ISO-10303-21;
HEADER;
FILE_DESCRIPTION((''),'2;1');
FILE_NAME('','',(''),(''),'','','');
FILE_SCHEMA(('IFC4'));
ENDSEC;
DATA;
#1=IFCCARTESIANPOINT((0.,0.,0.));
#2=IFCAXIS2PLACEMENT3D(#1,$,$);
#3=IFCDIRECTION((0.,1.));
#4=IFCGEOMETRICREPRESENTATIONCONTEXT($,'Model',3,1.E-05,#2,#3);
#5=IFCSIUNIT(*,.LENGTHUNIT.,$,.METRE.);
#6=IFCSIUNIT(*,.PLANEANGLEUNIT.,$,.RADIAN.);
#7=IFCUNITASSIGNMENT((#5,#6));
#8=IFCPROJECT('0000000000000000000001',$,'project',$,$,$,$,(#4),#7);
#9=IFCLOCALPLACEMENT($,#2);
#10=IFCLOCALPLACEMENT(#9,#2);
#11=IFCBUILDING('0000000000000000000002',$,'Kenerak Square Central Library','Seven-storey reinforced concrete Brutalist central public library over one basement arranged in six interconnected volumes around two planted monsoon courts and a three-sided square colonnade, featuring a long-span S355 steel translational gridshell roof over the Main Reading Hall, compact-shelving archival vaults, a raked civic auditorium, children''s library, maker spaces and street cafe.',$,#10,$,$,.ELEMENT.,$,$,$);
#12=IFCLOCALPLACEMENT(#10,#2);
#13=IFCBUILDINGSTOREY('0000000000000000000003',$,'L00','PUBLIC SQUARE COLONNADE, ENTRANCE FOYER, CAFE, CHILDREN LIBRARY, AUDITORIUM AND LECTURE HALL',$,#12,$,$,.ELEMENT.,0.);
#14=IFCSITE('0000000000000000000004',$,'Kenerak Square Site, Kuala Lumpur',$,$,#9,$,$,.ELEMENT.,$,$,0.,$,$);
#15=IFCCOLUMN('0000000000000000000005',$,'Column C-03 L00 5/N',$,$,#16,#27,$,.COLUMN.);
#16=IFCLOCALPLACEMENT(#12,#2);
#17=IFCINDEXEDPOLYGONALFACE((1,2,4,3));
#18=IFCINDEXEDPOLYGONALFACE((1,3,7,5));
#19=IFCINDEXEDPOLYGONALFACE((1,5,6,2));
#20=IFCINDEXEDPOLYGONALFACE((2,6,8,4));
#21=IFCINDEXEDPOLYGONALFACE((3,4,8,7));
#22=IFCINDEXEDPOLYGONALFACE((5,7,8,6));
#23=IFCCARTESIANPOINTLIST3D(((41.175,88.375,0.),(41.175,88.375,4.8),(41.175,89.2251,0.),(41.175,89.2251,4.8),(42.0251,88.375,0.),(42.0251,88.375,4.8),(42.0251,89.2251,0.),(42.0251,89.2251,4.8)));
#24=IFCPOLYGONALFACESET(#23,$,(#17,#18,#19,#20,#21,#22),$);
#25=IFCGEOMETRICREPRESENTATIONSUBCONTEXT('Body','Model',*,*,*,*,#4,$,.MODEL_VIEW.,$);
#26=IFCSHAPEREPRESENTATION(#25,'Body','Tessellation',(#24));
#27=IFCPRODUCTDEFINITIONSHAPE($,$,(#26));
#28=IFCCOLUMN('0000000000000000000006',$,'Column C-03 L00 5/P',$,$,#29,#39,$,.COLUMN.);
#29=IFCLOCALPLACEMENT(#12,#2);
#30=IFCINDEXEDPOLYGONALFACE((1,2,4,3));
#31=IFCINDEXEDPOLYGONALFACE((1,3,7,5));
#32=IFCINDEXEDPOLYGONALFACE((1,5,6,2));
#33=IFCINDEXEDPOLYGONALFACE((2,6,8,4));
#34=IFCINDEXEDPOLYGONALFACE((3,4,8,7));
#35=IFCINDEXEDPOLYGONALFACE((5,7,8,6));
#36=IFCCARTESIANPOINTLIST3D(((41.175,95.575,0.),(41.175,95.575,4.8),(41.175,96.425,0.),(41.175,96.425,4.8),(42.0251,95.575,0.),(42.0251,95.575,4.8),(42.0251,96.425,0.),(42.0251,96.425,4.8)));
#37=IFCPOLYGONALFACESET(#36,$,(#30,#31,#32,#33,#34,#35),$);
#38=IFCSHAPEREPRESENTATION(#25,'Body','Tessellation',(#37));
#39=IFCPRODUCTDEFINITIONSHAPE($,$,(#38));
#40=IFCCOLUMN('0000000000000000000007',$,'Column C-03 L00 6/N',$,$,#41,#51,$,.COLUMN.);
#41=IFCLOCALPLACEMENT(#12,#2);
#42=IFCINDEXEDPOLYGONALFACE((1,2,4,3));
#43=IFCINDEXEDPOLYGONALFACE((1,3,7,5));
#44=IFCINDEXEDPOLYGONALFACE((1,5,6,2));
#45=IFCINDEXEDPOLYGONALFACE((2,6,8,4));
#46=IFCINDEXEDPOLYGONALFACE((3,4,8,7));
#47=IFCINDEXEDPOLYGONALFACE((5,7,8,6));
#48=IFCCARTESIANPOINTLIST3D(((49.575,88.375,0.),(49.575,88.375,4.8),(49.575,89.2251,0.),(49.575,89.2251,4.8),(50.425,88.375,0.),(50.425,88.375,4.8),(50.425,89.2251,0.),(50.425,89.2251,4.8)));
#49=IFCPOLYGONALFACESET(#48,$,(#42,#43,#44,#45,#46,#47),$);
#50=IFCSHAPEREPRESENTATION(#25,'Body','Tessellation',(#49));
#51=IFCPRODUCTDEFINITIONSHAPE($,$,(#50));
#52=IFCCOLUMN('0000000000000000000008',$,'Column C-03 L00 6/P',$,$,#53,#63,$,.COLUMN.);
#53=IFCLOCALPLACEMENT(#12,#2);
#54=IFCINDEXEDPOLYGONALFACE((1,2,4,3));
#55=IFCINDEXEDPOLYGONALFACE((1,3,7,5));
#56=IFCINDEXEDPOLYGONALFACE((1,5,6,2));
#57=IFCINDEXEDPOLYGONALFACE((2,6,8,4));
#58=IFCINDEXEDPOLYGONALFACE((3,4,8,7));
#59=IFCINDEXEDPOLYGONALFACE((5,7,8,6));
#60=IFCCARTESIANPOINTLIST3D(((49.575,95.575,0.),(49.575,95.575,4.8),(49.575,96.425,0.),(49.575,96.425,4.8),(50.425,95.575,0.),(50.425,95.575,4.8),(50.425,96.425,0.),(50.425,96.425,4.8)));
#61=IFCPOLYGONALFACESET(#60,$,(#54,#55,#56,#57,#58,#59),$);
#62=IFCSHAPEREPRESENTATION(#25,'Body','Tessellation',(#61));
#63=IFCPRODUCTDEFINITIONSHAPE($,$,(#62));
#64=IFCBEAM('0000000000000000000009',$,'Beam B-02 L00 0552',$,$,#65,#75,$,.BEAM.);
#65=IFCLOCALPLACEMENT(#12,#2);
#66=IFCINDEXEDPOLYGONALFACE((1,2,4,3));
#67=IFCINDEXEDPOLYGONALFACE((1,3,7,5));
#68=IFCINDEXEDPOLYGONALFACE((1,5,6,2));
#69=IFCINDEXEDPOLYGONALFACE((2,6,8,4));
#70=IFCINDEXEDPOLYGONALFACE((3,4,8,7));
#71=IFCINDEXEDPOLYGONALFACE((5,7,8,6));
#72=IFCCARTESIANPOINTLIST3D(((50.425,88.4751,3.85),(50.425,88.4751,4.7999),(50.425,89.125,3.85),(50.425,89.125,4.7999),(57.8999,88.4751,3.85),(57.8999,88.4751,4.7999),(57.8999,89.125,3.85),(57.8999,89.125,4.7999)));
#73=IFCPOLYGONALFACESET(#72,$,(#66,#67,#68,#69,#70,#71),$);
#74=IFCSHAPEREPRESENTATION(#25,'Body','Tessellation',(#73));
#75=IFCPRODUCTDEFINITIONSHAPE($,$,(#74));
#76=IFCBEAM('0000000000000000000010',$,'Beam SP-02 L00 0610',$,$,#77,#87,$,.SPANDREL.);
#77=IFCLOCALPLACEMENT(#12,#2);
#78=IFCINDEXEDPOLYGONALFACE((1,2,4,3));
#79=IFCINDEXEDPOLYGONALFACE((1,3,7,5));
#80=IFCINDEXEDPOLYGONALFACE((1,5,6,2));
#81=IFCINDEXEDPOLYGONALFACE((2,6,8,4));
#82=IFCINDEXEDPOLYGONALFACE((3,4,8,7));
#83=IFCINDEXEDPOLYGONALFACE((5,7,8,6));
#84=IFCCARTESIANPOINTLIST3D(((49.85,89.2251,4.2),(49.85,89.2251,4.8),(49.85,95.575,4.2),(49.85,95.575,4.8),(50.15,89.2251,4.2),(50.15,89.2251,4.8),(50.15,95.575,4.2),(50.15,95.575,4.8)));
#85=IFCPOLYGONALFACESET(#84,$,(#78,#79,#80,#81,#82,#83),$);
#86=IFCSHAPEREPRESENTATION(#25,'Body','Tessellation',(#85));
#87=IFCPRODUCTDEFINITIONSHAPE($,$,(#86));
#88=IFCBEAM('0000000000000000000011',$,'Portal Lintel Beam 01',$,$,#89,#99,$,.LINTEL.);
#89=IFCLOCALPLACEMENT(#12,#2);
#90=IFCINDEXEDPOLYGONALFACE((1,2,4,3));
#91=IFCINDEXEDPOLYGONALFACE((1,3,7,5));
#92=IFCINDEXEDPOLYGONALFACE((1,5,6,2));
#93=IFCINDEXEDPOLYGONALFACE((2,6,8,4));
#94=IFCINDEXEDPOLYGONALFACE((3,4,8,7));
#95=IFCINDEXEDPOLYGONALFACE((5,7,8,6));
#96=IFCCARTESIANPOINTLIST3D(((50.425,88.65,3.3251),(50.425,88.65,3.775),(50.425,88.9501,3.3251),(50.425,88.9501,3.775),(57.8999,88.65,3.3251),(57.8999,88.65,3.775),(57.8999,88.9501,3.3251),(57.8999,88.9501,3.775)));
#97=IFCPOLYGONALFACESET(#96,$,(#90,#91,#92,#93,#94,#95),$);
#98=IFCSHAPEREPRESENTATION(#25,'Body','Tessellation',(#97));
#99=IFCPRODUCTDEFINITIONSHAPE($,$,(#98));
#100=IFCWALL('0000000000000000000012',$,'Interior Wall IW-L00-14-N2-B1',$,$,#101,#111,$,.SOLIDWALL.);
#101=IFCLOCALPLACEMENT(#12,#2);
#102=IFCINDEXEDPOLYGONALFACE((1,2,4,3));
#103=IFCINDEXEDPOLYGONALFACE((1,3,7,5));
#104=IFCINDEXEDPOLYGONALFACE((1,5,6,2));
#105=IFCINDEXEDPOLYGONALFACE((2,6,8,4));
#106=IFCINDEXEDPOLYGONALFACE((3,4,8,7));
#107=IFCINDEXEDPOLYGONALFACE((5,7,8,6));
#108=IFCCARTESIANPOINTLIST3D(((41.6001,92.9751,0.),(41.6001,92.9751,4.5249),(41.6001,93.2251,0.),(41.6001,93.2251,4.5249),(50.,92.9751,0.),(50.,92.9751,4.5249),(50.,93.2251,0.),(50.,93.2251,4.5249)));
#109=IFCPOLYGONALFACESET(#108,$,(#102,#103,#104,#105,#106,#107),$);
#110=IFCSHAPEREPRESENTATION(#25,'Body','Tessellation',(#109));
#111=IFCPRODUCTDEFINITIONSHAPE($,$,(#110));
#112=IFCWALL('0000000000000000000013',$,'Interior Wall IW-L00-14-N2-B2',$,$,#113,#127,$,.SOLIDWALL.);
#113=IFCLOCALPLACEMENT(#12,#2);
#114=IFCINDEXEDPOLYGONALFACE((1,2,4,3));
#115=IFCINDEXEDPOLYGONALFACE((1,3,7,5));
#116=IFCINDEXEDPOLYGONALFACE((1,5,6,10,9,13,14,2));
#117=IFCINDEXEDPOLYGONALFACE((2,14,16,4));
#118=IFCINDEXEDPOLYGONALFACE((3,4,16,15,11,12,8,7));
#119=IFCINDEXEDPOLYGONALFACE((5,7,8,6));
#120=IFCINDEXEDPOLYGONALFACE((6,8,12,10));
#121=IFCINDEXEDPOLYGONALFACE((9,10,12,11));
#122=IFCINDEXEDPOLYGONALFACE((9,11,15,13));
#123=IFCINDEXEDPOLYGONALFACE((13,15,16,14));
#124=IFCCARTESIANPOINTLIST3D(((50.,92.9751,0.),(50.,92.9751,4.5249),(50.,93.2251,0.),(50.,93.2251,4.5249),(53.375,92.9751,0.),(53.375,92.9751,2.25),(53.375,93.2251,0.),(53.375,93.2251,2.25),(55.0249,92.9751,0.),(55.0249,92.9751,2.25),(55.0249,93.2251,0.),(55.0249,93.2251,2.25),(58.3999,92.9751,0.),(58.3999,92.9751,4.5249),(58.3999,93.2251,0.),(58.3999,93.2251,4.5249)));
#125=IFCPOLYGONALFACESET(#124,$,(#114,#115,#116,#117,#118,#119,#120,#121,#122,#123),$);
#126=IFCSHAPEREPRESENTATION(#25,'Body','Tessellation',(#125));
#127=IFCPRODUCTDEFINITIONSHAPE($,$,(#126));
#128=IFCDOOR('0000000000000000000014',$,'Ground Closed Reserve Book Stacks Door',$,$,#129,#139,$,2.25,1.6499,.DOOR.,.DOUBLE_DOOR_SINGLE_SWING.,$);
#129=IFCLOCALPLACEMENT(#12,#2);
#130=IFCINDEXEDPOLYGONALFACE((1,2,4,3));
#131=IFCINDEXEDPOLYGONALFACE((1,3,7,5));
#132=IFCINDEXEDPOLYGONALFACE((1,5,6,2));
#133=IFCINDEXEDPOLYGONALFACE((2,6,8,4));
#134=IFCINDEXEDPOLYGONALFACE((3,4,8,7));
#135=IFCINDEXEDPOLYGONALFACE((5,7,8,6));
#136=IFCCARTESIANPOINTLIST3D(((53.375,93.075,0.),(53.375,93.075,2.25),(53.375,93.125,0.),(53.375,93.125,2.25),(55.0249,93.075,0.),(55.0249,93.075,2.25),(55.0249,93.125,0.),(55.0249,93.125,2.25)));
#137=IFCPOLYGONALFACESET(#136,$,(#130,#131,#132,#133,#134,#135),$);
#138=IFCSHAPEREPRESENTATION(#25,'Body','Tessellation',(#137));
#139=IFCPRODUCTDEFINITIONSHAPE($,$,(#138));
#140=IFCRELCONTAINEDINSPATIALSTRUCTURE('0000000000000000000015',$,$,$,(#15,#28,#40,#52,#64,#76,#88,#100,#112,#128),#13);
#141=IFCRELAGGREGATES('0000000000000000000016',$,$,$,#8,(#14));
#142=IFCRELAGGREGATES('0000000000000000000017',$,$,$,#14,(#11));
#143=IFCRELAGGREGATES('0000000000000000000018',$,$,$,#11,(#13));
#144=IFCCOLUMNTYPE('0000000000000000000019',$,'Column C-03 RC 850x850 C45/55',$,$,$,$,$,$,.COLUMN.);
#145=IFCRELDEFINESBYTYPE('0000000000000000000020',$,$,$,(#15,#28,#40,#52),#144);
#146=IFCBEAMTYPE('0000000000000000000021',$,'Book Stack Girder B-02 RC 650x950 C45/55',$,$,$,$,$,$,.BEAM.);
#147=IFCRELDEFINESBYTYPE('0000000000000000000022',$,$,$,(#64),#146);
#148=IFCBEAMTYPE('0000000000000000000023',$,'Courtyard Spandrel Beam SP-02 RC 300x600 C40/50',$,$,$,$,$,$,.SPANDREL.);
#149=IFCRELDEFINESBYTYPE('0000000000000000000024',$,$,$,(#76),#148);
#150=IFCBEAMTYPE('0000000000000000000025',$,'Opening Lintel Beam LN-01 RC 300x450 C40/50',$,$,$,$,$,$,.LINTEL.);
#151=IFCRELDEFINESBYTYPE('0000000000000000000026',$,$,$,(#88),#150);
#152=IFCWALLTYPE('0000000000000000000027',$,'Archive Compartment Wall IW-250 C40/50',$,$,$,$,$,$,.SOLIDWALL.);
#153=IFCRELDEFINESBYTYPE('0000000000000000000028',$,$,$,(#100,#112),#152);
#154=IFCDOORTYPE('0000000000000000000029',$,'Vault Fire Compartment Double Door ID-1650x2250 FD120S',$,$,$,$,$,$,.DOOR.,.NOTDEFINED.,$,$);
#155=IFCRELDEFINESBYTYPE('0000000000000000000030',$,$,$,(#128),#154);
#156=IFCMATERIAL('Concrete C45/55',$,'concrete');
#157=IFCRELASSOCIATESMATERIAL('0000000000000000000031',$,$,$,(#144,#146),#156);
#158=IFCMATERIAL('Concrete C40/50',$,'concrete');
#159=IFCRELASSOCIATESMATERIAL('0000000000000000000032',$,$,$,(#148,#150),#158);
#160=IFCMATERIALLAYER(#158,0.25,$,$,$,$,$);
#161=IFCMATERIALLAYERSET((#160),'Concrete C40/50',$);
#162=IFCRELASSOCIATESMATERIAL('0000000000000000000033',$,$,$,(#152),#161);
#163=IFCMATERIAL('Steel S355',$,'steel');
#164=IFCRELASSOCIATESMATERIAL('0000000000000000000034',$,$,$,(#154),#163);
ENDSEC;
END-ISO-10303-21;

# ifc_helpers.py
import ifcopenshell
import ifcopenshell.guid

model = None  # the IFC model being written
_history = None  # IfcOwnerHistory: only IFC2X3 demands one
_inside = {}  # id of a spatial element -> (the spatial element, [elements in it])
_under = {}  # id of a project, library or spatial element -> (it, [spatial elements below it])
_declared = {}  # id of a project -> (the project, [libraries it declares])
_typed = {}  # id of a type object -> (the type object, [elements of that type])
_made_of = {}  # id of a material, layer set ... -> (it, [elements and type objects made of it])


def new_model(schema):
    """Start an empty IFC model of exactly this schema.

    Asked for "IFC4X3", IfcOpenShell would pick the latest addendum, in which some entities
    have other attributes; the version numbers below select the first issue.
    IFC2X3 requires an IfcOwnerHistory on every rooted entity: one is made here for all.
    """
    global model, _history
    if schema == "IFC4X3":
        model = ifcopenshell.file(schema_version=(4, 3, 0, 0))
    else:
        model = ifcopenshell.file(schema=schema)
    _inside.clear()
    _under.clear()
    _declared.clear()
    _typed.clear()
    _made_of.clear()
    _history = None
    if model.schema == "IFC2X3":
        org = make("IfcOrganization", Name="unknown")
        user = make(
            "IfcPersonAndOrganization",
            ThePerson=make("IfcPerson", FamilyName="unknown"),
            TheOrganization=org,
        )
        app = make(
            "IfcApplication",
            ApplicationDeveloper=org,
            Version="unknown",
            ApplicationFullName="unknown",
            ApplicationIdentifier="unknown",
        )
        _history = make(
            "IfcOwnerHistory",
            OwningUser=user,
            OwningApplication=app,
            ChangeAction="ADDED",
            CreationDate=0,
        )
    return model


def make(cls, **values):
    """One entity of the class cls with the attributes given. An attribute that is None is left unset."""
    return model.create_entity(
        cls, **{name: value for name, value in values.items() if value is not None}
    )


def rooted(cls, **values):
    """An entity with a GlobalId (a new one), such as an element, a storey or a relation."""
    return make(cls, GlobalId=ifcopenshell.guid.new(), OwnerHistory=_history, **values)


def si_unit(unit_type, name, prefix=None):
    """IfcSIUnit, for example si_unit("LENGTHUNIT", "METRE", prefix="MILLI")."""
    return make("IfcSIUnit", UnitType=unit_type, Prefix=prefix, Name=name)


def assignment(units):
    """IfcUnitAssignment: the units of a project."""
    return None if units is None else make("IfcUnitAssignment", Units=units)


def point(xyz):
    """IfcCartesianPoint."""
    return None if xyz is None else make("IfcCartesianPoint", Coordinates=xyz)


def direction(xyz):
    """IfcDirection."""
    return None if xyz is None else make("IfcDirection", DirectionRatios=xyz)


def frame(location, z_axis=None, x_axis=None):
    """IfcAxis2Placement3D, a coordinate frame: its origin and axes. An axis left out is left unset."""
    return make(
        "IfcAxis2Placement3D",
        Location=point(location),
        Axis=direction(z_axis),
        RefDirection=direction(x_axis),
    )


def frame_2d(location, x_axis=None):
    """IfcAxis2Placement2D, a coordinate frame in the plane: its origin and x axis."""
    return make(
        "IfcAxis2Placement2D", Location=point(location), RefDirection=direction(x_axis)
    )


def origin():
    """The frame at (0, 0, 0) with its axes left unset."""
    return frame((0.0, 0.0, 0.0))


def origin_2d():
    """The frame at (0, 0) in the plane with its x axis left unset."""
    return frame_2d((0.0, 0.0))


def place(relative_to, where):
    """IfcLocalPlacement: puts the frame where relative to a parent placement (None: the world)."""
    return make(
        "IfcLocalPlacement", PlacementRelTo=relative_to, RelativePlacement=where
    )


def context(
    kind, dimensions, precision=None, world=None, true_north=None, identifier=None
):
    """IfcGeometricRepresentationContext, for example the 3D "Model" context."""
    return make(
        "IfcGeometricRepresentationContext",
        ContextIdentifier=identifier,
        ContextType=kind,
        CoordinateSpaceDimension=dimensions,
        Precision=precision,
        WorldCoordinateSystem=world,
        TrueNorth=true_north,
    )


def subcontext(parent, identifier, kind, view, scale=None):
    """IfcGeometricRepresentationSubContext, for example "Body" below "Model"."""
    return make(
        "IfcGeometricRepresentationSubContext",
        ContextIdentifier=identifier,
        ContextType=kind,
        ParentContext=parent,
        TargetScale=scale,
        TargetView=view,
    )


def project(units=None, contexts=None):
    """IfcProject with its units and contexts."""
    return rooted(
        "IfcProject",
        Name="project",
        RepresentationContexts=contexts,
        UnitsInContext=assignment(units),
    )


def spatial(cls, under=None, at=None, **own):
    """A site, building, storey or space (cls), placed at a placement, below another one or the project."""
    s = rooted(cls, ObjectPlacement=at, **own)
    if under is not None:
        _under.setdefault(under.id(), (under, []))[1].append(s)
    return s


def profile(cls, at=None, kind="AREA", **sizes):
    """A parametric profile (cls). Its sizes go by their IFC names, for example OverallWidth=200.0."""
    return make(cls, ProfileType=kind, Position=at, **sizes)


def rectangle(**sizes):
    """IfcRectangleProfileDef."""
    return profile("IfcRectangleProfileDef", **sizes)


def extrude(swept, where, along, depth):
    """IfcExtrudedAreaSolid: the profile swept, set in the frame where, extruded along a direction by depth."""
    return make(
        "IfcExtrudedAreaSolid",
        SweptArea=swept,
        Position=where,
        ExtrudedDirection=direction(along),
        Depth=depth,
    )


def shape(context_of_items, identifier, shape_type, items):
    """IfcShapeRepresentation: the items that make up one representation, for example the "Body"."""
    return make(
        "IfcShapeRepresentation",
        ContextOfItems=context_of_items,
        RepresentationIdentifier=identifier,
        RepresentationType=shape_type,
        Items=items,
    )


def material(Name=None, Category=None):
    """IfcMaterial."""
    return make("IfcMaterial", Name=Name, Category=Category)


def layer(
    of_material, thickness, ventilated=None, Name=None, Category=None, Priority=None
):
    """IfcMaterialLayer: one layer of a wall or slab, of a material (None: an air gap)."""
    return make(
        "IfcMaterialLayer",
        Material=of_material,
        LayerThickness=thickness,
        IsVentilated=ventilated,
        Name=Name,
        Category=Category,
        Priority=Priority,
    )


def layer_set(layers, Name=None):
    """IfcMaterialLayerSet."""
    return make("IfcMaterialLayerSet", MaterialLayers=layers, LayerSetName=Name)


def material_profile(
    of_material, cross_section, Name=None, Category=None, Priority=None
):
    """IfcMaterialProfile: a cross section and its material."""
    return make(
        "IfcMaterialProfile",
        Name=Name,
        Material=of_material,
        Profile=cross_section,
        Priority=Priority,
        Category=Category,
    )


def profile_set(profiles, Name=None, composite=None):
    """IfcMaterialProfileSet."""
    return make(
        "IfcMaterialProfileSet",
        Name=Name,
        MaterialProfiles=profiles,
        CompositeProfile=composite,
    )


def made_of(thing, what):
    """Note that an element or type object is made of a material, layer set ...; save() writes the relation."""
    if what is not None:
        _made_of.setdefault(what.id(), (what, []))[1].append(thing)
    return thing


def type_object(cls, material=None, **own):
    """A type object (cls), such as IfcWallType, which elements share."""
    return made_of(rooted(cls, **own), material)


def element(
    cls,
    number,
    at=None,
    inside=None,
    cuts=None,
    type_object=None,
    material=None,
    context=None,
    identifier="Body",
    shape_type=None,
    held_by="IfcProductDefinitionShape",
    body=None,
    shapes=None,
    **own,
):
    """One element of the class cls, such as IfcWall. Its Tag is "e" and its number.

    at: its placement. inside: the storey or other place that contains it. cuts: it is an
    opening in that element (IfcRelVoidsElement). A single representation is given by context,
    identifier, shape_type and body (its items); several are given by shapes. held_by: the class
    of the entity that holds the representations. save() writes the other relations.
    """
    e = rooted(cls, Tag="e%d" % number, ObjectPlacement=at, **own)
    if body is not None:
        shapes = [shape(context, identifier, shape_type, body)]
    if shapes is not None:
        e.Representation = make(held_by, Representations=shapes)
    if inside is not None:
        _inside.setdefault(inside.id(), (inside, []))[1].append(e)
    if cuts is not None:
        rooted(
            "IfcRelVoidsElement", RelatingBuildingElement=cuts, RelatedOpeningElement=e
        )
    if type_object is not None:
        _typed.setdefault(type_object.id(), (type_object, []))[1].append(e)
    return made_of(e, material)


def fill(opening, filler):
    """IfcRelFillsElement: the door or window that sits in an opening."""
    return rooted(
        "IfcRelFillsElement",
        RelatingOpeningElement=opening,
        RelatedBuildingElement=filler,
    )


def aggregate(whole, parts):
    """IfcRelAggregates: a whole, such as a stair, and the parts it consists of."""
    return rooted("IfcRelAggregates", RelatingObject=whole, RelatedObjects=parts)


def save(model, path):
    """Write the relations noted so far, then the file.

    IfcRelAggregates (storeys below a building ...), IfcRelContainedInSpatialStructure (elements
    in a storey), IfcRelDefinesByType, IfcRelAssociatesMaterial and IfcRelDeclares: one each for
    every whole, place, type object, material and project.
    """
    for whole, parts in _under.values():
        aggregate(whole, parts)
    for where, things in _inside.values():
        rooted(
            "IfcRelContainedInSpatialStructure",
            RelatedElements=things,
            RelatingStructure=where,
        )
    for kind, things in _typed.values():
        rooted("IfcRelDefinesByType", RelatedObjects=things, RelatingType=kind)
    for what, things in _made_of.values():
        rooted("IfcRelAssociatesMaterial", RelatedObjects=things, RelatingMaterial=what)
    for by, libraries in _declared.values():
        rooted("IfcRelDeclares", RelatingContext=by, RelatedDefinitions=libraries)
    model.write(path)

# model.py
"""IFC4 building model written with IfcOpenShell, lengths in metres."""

from ifc_helpers import new_model, si_unit, direction, frame, frame_2d, origin, origin_2d, place, context, subcontext, project, spatial, rectangle, extrude, material, layer, layer_set, material_profile, profile_set, type_object, element, fill, save


model = new_model("IFC4")

# Units and contexts
model_context = context("Model", 3, precision=1e-05, world=origin(), true_north=direction((0.0, 1.0)))
body_context = subcontext(model_context, "Body", "Model", "MODEL_VIEW")
ifc_project = project(units=[si_unit("LENGTHUNIT", "METRE"), si_unit("PLANEANGLEUNIT", "RADIAN")], contexts=[model_context])

# Site, building, storey
site_placement = place(None, origin())
site = spatial("IfcSite", under=ifc_project, at=site_placement, Name="Kenerak Square Site, Kuala Lumpur", CompositionType="ELEMENT", RefElevation=0.0)
building_placement = place(site_placement, origin())
building = spatial("IfcBuilding", under=site, at=building_placement, Name="Kenerak Square Central Library", Description="Seven-storey reinforced concrete Brutalist central public library over one basement arranged in six interconnected volumes around two planted monsoon courts and a three-sided square colonnade, featuring a long-span S355 steel translational gridshell roof over the Main Reading Hall, compact-shelving archival vaults, a raked civic auditorium, children's library, maker spaces and street cafe.", CompositionType="ELEMENT")
storey_placement = place(building_placement, origin())
storey = spatial("IfcBuildingStorey", under=building, at=storey_placement, Name="L00", Description="PUBLIC SQUARE COLONNADE, ENTRANCE FOYER, CAFE, CHILDREN LIBRARY, AUDITORIUM AND LECTURE HALL", CompositionType="ELEMENT", Elevation=0.0)

# Columns
ifc_material_1 = material(Name="Concrete C45/55", Category="concrete")
ifc_material_profile_1 = material_profile(ifc_material_1, rectangle(XDim=0.8501, YDim=0.8501, at=origin_2d()), Name="RC 850x850")
ifc_profile_set_1 = profile_set([ifc_material_profile_1], Name="Concrete C45/55")
column_type = type_object("IfcColumnType", Name="Column C-03 RC 850x850 C45/55", PredefinedType="COLUMN", material=ifc_profile_set_1)
for number, where, z_axis, x_axis, name in (
    (1, (41.6001, 88.8, 0.0), (0.0, 0.0, 1.0), (1.0, 0.0, 0.0), "Column C-03 L00 5/N"),
    (2, (41.6001, 96.0, 0.0), (0.0, 0.0, 1.0), (1.0, 0.0, 0.0), "Column C-03 L00 5/P"),
    (3, (50.0, 88.8, 0.0), (0.0, 0.0, 1.0), (1.0, 0.0, 0.0), "Column C-03 L00 6/N"),
    (4, (50.0, 96.0, 0.0), (0.0, 0.0, 1.0), (1.0, 0.0, 0.0), "Column C-03 L00 6/P"),
):
    element("IfcColumn", number, at=place(storey_placement, frame(where, z_axis=z_axis, x_axis=x_axis)), inside=storey, type_object=column_type, Name=name, PredefinedType="COLUMN", context=body_context, shape_type="SweptSolid", body=[
        extrude(rectangle(XDim=0.8501, YDim=0.8501, at=origin_2d()), origin(), (0.0, 0.0, 1.0), 4.8),
    ])

# Beams
ifc_material_profile_2 = material_profile(ifc_material_1, rectangle(XDim=0.6499, YDim=0.95, at=origin_2d()), Name="RC 650x950")
ifc_profile_set_2 = profile_set([ifc_material_profile_2], Name="Concrete C45/55")
beam_type_1 = type_object("IfcBeamType", Name="Book Stack Girder B-02 RC 650x950 C45/55", PredefinedType="BEAM", material=ifc_profile_set_2)
beam_1_placement = place(storey_placement, frame((50.425, 88.8, 4.325), z_axis=(1.0, 0.0, 0.0), x_axis=(0.0, 1.0, 0.0)))
element("IfcBeam", 5, at=beam_1_placement, inside=storey, type_object=beam_type_1, Name="Beam B-02 L00 0552", PredefinedType="BEAM", context=body_context, shape_type="SweptSolid", body=[
    extrude(rectangle(XDim=0.6499, YDim=0.95, at=origin_2d()), origin(), (0.0, 0.0, 1.0), 7.4749),
])
ifc_material_2 = material(Name="Concrete C40/50", Category="concrete")
ifc_material_profile_3 = material_profile(ifc_material_2, rectangle(XDim=0.3, YDim=0.6001, at=origin_2d()), Name="RC 300x600")
ifc_profile_set_3 = profile_set([ifc_material_profile_3], Name="Concrete C40/50")
beam_type_2 = type_object("IfcBeamType", Name="Courtyard Spandrel Beam SP-02 RC 300x600 C40/50", PredefinedType="SPANDREL", material=ifc_profile_set_3)
beam_2_placement = place(storey_placement, frame((50.0, 89.2251, 4.5), z_axis=(0.0, 1.0, 0.0), x_axis=(-1.0, 0.0, 0.0)))
element("IfcBeam", 6, at=beam_2_placement, inside=storey, type_object=beam_type_2, Name="Beam SP-02 L00 0610", PredefinedType="SPANDREL", context=body_context, shape_type="SweptSolid", body=[
    extrude(rectangle(XDim=0.3, YDim=0.6001, at=origin_2d()), origin(), (0.0, 0.0, 1.0), 6.3499),
])
ifc_material_profile_4 = material_profile(ifc_material_2, rectangle(XDim=0.3, YDim=0.45, at=origin_2d()), Name="RC 300x450")
ifc_profile_set_4 = profile_set([ifc_material_profile_4], Name="Concrete C40/50")
beam_type_3 = type_object("IfcBeamType", Name="Opening Lintel Beam LN-01 RC 300x450 C40/50", PredefinedType="LINTEL", material=ifc_profile_set_4)
beam_3_placement = place(storey_placement, frame((50.425, 88.8, 3.55), z_axis=(1.0, 0.0, 0.0), x_axis=(0.0, 1.0, 0.0)))
element("IfcBeam", 7, at=beam_3_placement, inside=storey, type_object=beam_type_3, Name="Portal Lintel Beam 01", PredefinedType="LINTEL", context=body_context, shape_type="SweptSolid", body=[
    extrude(rectangle(XDim=0.3, YDim=0.45, at=origin_2d()), origin(), (0.0, 0.0, 1.0), 7.4749),
])

# Wall
ifc_layer_1 = layer(ifc_material_2, 0.25)
ifc_layer_set_1 = layer_set([ifc_layer_1], Name="Concrete C40/50")
wall_type_1 = type_object("IfcWallType", Name="Archive Compartment Wall IW-250 C40/50", PredefinedType="SOLIDWALL", material=ifc_layer_set_1)
wall_1_placement = place(storey_placement, frame((41.6001, 93.1001, 0.0), z_axis=(0.0, 0.0, 1.0), x_axis=(1.0, 0.0, 0.0)))
element("IfcWall", 8, at=wall_1_placement, inside=storey, type_object=wall_type_1, Name="Interior Wall IW-L00-14-N2-B1", PredefinedType="SOLIDWALL", context=body_context, shape_type="SweptSolid", body=[
    extrude(rectangle(XDim=8.3999, YDim=0.25, at=frame_2d((4.2, 0.0))), origin(), (0.0, 0.0, 1.0), 4.5249),
])

# Wall, opening, door
wall_2_placement = place(storey_placement, frame((50.0, 93.1001, 0.0), z_axis=(0.0, 0.0, 1.0), x_axis=(1.0, 0.0, 0.0)))
wall_2 = element("IfcWall", 9, at=wall_2_placement, inside=storey, type_object=wall_type_1, Name="Interior Wall IW-L00-14-N2-B2", PredefinedType="SOLIDWALL", context=body_context, shape_type="SweptSolid", body=[
    extrude(rectangle(XDim=8.3999, YDim=0.25, at=frame_2d((4.2, 0.0))), origin(), (0.0, 0.0, 1.0), 4.5249),
])
opening_1_placement = place(wall_2_placement, frame((3.375, 0.0, 0.0)))
opening_1 = element("IfcOpeningElement", 10, at=opening_1_placement, cuts=wall_2, PredefinedType="OPENING", context=body_context, shape_type="SweptSolid", body=[
    extrude(rectangle(XDim=1.6499, YDim=2.25, at=frame_2d((0.825, 1.125))), frame((0.0, 0.135, 0.0), z_axis=(0.0, -1.0, 0.0), x_axis=(1.0, 0.0, 0.0)), (0.0, 0.0, 1.0), 0.27),
])
ifc_material_3 = material(Name="Steel S355", Category="steel")
door_type = type_object("IfcDoorType", Name="Vault Fire Compartment Double Door ID-1650x2250 FD120S", OperationType="NOTDEFINED", PredefinedType="DOOR", material=ifc_material_3)
door_placement = place(opening_1_placement, origin())
door = element("IfcDoor", 11, at=door_placement, inside=storey, type_object=door_type, Name="Ground Closed Reserve Book Stacks Door", OperationType="DOUBLE_DOOR_SINGLE_SWING", OverallHeight=2.25, OverallWidth=1.6499, PredefinedType="DOOR", context=body_context, shape_type="SweptSolid", body=[
    extrude(rectangle(XDim=1.6499, YDim=2.25, at=frame_2d((0.825, 1.125))), frame((0.0, 0.0249, 0.0), z_axis=(0.0, -1.0, 0.0), x_axis=(1.0, 0.0, 0.0)), (0.0, 0.0, 1.0), 0.05),
])
fill(opening_1, door)

save(model, "model.ifc")
